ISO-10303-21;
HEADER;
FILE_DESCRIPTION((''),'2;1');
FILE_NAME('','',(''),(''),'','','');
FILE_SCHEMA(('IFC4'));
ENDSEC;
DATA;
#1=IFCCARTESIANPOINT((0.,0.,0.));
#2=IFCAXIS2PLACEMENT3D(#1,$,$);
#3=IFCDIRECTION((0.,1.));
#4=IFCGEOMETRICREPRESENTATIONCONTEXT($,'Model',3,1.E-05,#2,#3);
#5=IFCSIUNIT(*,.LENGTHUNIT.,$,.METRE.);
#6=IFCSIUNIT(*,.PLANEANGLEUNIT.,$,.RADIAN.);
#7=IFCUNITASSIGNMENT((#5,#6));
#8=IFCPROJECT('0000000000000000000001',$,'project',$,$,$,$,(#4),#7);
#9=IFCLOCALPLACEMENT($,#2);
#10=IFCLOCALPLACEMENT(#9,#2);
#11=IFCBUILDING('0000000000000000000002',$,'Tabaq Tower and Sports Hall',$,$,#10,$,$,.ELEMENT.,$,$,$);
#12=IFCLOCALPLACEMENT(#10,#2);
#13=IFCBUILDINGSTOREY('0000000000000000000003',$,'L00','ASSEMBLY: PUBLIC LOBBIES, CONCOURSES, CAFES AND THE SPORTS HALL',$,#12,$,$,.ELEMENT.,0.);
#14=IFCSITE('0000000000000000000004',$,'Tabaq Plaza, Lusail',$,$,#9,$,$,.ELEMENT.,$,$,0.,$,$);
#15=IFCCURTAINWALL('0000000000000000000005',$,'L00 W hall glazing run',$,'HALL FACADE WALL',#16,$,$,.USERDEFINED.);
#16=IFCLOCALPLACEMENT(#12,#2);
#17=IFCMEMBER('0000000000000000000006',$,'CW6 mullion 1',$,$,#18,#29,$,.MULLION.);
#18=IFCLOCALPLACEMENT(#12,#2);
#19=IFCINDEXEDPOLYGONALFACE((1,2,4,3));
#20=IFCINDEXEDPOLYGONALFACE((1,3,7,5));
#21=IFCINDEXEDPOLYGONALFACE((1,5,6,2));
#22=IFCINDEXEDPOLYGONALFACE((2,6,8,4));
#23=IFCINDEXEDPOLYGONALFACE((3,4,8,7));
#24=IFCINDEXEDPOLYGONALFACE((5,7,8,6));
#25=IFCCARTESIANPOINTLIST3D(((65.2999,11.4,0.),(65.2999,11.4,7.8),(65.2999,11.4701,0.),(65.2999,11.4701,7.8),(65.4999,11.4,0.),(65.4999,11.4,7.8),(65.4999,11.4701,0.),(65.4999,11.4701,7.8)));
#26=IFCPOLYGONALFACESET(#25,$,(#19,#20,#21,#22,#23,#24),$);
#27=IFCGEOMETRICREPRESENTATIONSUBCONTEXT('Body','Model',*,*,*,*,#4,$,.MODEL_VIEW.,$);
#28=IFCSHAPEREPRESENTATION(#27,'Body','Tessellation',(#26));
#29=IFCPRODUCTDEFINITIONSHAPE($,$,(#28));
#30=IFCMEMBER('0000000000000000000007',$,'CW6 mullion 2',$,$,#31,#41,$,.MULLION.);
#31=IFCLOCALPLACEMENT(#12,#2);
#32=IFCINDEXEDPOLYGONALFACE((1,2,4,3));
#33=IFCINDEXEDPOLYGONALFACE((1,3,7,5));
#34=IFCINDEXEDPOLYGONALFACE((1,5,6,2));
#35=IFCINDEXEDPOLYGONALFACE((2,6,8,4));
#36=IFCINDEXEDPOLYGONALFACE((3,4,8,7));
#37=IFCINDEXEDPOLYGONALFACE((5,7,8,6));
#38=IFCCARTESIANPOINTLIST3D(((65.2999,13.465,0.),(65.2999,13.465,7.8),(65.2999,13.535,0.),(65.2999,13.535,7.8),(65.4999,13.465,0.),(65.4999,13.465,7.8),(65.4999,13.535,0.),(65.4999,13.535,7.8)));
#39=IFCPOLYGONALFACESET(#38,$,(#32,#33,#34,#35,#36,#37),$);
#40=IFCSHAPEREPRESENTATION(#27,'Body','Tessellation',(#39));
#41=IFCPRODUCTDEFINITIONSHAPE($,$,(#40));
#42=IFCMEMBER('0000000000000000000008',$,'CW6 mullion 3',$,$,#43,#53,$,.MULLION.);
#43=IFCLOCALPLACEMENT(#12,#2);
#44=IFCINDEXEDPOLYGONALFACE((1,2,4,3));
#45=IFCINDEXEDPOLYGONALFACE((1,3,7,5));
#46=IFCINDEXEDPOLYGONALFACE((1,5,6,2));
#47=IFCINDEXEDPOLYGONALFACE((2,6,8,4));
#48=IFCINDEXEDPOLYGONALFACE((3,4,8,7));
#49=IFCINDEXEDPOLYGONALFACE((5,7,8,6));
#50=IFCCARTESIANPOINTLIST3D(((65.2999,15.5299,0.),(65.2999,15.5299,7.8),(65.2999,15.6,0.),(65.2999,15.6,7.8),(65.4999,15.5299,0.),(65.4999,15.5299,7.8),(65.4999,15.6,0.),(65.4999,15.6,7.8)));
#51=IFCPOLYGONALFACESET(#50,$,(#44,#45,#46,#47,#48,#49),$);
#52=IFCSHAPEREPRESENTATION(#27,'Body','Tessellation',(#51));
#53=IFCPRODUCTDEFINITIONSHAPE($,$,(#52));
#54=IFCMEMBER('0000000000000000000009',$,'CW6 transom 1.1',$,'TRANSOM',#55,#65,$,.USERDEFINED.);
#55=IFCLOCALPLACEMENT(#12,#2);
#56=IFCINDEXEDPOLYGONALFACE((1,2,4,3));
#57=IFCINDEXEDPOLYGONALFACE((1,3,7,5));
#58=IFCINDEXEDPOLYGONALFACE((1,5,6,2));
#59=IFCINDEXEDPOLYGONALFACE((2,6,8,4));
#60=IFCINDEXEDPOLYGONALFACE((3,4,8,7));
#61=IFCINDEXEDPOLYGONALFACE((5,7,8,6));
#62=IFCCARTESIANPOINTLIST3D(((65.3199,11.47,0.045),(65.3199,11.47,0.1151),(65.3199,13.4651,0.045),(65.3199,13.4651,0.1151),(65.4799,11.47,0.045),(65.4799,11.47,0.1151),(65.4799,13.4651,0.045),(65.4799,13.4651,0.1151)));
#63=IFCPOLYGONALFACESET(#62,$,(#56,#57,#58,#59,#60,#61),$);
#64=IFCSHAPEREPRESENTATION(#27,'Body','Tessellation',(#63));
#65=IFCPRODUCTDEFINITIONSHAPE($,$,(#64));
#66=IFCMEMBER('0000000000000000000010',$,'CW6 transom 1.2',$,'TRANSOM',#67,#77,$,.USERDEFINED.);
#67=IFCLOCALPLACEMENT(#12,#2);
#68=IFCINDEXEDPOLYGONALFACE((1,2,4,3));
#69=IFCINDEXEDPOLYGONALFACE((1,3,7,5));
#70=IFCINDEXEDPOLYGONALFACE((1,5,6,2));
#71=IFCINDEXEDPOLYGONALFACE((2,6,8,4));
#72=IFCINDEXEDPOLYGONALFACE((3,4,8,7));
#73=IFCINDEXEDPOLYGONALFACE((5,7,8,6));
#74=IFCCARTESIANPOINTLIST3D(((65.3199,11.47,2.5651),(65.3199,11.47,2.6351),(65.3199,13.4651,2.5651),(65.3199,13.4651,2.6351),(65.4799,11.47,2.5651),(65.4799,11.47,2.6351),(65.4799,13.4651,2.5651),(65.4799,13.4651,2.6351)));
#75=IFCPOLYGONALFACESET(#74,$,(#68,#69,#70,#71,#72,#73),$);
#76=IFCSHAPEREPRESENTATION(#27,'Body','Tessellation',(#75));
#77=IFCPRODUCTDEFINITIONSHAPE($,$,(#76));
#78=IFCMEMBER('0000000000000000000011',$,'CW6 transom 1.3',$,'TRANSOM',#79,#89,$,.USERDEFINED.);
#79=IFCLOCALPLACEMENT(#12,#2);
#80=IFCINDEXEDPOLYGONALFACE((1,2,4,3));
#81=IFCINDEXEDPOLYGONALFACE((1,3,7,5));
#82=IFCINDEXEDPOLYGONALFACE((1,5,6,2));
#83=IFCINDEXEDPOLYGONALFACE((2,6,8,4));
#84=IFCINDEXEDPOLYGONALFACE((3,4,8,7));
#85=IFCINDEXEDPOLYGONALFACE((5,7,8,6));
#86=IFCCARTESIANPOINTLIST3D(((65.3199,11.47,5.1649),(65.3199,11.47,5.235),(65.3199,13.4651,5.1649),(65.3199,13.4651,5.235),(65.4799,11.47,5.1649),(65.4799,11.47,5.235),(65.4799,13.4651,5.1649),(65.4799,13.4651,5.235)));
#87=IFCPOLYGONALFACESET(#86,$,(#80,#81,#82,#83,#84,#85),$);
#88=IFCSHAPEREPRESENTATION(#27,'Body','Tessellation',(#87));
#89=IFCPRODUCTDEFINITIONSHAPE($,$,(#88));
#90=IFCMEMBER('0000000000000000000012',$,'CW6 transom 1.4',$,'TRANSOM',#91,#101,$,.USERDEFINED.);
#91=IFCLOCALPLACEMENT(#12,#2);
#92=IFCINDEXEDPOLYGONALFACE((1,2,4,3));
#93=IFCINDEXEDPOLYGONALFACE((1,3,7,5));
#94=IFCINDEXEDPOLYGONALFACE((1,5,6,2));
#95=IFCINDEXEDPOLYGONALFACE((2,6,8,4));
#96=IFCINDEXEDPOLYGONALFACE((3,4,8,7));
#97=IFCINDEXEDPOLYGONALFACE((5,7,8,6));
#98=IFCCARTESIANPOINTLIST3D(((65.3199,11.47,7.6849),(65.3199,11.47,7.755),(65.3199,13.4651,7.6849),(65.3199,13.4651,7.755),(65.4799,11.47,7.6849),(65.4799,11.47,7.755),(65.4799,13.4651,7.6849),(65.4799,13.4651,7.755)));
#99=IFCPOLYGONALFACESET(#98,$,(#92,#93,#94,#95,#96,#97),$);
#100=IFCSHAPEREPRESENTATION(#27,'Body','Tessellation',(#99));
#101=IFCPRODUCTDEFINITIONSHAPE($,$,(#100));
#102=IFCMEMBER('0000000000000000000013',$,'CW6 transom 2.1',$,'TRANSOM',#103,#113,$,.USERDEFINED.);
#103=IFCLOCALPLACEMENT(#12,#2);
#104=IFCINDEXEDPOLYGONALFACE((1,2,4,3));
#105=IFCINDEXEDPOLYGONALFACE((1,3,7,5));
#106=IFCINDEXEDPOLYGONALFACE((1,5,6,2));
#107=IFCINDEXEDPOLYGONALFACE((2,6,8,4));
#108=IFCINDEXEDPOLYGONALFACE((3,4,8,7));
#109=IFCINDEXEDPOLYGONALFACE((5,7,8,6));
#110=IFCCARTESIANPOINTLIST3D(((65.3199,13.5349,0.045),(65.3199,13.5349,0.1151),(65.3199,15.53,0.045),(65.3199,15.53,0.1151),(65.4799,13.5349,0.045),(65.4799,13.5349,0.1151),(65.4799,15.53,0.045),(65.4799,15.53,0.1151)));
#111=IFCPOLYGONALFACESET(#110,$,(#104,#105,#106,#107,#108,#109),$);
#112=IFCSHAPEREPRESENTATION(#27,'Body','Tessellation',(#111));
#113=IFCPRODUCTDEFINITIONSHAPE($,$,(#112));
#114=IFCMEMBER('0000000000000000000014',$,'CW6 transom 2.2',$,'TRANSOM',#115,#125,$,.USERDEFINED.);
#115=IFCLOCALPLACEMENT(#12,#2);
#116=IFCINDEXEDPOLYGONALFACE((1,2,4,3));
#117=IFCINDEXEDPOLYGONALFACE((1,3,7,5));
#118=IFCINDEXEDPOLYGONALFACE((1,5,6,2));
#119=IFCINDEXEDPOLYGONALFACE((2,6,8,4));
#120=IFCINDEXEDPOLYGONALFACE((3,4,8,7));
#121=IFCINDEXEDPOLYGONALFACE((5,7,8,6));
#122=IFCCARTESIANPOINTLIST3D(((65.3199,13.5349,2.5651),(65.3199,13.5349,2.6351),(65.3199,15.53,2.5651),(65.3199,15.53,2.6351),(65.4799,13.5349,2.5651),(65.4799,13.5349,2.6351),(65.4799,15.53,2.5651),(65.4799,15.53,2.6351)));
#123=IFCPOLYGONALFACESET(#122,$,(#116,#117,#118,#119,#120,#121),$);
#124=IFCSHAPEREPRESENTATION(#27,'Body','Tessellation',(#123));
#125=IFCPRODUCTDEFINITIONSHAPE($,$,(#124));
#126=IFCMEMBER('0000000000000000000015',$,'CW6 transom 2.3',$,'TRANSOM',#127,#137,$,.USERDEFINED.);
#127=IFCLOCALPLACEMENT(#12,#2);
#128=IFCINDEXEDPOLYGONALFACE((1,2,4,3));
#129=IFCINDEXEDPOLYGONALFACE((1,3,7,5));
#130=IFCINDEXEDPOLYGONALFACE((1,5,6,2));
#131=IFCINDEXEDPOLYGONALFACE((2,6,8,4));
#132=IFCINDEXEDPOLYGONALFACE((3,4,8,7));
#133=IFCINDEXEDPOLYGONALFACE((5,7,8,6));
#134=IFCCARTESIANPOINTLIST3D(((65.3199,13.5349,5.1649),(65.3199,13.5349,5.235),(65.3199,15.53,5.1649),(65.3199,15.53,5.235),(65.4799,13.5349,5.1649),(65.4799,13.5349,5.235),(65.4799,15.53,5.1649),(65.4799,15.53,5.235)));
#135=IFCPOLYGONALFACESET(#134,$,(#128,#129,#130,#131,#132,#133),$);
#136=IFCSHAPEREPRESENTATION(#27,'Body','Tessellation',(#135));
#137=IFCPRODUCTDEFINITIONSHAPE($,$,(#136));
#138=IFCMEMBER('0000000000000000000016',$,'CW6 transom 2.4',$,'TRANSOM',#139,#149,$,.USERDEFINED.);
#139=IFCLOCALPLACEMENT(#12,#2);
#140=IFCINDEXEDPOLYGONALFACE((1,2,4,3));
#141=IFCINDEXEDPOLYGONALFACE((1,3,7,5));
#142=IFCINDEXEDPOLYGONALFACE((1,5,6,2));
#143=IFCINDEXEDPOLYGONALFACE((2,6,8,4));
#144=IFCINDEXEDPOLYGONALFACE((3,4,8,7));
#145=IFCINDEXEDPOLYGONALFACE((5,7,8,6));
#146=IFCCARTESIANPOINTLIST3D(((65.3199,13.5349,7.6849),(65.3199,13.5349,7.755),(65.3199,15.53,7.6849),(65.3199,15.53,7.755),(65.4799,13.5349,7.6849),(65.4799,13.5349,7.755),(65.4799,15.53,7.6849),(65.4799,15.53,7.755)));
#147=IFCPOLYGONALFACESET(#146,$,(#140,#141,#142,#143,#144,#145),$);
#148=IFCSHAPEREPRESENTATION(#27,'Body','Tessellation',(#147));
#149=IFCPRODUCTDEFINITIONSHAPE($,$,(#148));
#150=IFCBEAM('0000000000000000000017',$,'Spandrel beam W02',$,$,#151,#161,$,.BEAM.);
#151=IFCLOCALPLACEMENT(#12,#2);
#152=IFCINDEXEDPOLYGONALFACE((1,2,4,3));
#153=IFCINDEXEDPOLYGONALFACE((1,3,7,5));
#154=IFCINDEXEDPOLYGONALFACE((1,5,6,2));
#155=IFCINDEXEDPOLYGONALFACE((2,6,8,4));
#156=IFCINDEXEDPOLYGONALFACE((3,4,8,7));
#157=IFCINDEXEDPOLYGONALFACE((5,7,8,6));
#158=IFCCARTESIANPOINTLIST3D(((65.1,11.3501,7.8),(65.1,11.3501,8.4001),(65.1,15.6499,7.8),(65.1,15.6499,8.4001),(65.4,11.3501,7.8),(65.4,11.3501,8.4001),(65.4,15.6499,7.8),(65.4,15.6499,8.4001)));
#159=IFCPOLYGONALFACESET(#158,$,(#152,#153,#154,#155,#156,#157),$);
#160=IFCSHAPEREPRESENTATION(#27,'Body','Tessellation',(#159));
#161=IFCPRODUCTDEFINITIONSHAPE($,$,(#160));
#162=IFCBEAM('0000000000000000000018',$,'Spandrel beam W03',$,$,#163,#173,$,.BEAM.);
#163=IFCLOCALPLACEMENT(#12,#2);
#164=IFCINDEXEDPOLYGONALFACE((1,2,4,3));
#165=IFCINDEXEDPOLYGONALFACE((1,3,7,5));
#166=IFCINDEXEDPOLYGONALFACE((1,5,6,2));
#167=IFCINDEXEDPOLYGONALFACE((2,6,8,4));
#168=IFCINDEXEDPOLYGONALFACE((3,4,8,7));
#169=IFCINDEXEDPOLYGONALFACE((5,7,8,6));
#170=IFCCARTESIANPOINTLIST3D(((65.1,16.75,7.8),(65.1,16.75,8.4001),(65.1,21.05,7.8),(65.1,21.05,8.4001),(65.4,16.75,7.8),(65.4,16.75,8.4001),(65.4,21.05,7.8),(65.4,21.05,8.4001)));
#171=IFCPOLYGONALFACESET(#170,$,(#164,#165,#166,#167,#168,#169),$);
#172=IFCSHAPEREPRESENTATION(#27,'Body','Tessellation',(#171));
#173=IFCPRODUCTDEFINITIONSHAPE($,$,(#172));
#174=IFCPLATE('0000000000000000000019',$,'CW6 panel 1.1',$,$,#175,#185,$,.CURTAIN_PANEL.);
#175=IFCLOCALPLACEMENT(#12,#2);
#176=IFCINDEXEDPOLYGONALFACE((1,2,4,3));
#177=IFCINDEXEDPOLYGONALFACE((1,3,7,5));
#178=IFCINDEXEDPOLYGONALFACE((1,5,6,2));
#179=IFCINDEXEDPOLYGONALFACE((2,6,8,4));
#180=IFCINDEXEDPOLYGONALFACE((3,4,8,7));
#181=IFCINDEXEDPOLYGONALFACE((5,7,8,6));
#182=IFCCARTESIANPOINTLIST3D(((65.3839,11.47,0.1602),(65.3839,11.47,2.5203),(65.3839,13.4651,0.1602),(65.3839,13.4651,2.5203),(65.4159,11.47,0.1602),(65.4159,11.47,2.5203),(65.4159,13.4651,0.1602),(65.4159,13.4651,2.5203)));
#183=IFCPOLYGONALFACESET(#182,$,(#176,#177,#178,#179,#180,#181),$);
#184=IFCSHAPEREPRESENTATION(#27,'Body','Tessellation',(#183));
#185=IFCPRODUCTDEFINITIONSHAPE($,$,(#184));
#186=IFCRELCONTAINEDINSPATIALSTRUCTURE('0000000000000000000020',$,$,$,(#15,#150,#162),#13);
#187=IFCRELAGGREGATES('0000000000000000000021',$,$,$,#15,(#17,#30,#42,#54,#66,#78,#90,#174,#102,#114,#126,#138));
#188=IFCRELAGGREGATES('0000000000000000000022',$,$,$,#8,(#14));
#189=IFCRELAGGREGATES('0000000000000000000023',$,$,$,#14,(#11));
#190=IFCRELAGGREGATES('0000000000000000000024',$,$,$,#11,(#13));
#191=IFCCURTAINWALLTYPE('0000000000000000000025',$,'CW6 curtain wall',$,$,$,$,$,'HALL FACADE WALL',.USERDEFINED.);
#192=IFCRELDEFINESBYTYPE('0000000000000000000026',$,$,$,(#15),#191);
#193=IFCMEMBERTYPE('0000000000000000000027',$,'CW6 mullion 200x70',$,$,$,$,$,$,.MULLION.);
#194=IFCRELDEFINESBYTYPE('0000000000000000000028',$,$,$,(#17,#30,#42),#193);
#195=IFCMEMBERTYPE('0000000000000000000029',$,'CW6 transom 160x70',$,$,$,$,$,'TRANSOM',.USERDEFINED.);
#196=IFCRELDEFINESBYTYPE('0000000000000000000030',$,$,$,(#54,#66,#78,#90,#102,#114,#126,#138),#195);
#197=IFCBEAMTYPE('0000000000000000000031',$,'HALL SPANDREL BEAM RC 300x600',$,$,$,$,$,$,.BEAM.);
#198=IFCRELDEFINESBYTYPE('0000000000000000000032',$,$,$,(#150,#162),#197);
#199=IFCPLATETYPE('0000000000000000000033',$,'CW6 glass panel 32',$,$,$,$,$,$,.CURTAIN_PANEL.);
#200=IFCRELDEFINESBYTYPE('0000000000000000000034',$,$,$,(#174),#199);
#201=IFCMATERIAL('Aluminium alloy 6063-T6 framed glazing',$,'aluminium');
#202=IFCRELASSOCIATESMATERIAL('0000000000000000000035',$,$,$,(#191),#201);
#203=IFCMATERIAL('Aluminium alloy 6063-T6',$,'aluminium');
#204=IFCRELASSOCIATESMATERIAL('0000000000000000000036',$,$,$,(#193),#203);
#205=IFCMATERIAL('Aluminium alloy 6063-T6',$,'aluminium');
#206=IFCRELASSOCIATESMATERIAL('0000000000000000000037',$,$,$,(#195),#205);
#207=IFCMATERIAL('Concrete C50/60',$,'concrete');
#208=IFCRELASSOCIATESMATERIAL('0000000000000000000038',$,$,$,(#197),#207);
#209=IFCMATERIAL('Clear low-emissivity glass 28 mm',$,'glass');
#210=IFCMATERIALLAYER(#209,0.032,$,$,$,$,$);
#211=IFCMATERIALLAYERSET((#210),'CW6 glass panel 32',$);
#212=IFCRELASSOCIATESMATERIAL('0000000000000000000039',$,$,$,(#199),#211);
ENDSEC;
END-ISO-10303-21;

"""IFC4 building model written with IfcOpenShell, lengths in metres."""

from ifc_helpers import new_model, si_unit, direction, frame, origin, origin_2d, place, context, subcontext, project, spatial, rectangle, extrude, material, layer, layer_set, material_profile, profile_set, type_object, element, aggregate, save


model = new_model("IFC4")

# Units and contexts
model_context = context("Model", 3, precision=1e-05, world=origin(), true_north=direction((0.0, 1.0)))
body_context = subcontext(model_context, "Body", "Model", "MODEL_VIEW")
ifc_project = project(units=[si_unit("LENGTHUNIT", "METRE"), si_unit("PLANEANGLEUNIT", "RADIAN")], contexts=[model_context])

# Site, building, storey
site_placement = place(None, origin())
site = spatial("IfcSite", under=ifc_project, at=site_placement, Name="Tabaq Plaza, Lusail", CompositionType="ELEMENT", RefElevation=0.0)
building_placement = place(site_placement, origin())
building = spatial("IfcBuilding", under=site, at=building_placement, Name="Tabaq Tower and Sports Hall", CompositionType="ELEMENT")
storey_placement = place(building_placement, origin())
storey = spatial("IfcBuildingStorey", under=building, at=storey_placement, Name="L00", Description="ASSEMBLY: PUBLIC LOBBIES, CONCOURSES, CAFES AND THE SPORTS HALL", CompositionType="ELEMENT", Elevation=0.0)

# Curtain wall, members
ifc_material_1 = material(Name="Aluminium alloy 6063-T6 framed glazing", Category="aluminium")
curtain_wall_type = type_object("IfcCurtainWallType", Name="CW6 curtain wall", ElementType="HALL FACADE WALL", PredefinedType="USERDEFINED", material=ifc_material_1)
curtain_wall_placement = place(storey_placement, origin())
curtain_wall = element("IfcCurtainWall", 1, at=curtain_wall_placement, inside=storey, type_object=curtain_wall_type, Name="L00 W hall glazing run", ObjectType="HALL FACADE WALL", PredefinedType="USERDEFINED")
ifc_material_2 = material(Name="Aluminium alloy 6063-T6", Category="aluminium")
ifc_material_profile_1 = material_profile(ifc_material_2, rectangle(XDim=0.2, YDim=0.0701, at=origin_2d()), Name="MULLION 200x70")
ifc_profile_set_1 = profile_set([ifc_material_profile_1], Name="Aluminium alloy 6063-T6")
member_type_1 = type_object("IfcMemberType", Name="CW6 mullion 200x70", PredefinedType="MULLION", material=ifc_profile_set_1)
member_1_placement = place(storey_placement, frame((65.3999, 11.4351, 0.0), z_axis=(0.0, 0.0, 1.0), x_axis=(-1.0, 0.0, 0.0)))
member_1 = element("IfcMember", 2, at=member_1_placement, type_object=member_type_1, Name="CW6 mullion 1", PredefinedType="MULLION", context=body_context, shape_type="SweptSolid", body=[
    extrude(rectangle(XDim=0.2, YDim=0.0701, at=origin_2d()), origin(), (0.0, 0.0, 1.0), 7.8),
])
member_2_placement = place(storey_placement, frame((65.3999, 13.5, 0.0), z_axis=(0.0, 0.0, 1.0), x_axis=(-1.0, 0.0, 0.0)))
member_2 = element("IfcMember", 3, at=member_2_placement, type_object=member_type_1, Name="CW6 mullion 2", PredefinedType="MULLION", context=body_context, shape_type="SweptSolid", body=[
    extrude(rectangle(XDim=0.2, YDim=0.0701, at=origin_2d()), origin(), (0.0, 0.0, 1.0), 7.8),
])
member_3_placement = place(storey_placement, frame((65.3999, 15.5649, 0.0), z_axis=(0.0, 0.0, 1.0), x_axis=(-1.0, 0.0, 0.0)))
member_3 = element("IfcMember", 4, at=member_3_placement, type_object=member_type_1, Name="CW6 mullion 3", PredefinedType="MULLION", context=body_context, shape_type="SweptSolid", body=[
    extrude(rectangle(XDim=0.2, YDim=0.0701, at=origin_2d()), origin(), (0.0, 0.0, 1.0), 7.8),
])
ifc_material_3 = material(Name="Aluminium alloy 6063-T6", Category="aluminium")
ifc_material_profile_2 = material_profile(ifc_material_3, rectangle(XDim=0.1599, YDim=0.0701, at=origin_2d()), Name="TRANSOM 160x70")
ifc_profile_set_2 = profile_set([ifc_material_profile_2], Name="Aluminium alloy 6063-T6")
member_type_2 = type_object("IfcMemberType", Name="CW6 transom 160x70", ElementType="TRANSOM", PredefinedType="USERDEFINED", material=ifc_profile_set_2)
member_4_placement = place(storey_placement, frame((65.3999, 11.47, 0.0801), z_axis=(0.0, 1.0, 0.0), x_axis=(-1.0, 0.0, 0.0)))
member_4 = element("IfcMember", 5, at=member_4_placement, type_object=member_type_2, Name="CW6 transom 1.1", ObjectType="TRANSOM", PredefinedType="USERDEFINED", context=body_context, shape_type="SweptSolid", body=[
    extrude(rectangle(XDim=0.1599, YDim=0.0701, at=origin_2d()), origin(), (0.0, 0.0, 1.0), 1.9951),
])
member_5_placement = place(storey_placement, frame((65.3999, 11.47, 2.6001), z_axis=(0.0, 1.0, 0.0), x_axis=(-1.0, 0.0, 0.0)))
member_5 = element("IfcMember", 6, at=member_5_placement, type_object=member_type_2, Name="CW6 transom 1.2", ObjectType="TRANSOM", PredefinedType="USERDEFINED", context=body_context, shape_type="SweptSolid", body=[
    extrude(rectangle(XDim=0.1599, YDim=0.0701, at=origin_2d()), origin(), (0.0, 0.0, 1.0), 1.9951),
])
member_6_placement = place(storey_placement, frame((65.3999, 11.47, 5.2), z_axis=(0.0, 1.0, 0.0), x_axis=(-1.0, 0.0, 0.0)))
member_6 = element("IfcMember", 7, at=member_6_placement, type_object=member_type_2, Name="CW6 transom 1.3", ObjectType="TRANSOM", PredefinedType="USERDEFINED", context=body_context, shape_type="SweptSolid", body=[
    extrude(rectangle(XDim=0.1599, YDim=0.0701, at=origin_2d()), origin(), (0.0, 0.0, 1.0), 1.9951),
])
member_7_placement = place(storey_placement, frame((65.3999, 11.47, 7.72), z_axis=(0.0, 1.0, 0.0), x_axis=(-1.0, 0.0, 0.0)))
member_7 = element("IfcMember", 8, at=member_7_placement, type_object=member_type_2, Name="CW6 transom 1.4", ObjectType="TRANSOM", PredefinedType="USERDEFINED", context=body_context, shape_type="SweptSolid", body=[
    extrude(rectangle(XDim=0.1599, YDim=0.0701, at=origin_2d()), origin(), (0.0, 0.0, 1.0), 1.9951),
])
member_8_placement = place(storey_placement, frame((65.3999, 13.5349, 0.0801), z_axis=(0.0, 1.0, 0.0), x_axis=(-1.0, 0.0, 0.0)))
member_8 = element("IfcMember", 9, at=member_8_placement, type_object=member_type_2, Name="CW6 transom 2.1", ObjectType="TRANSOM", PredefinedType="USERDEFINED", context=body_context, shape_type="SweptSolid", body=[
    extrude(rectangle(XDim=0.1599, YDim=0.0701, at=origin_2d()), origin(), (0.0, 0.0, 1.0), 1.9951),
])
member_9_placement = place(storey_placement, frame((65.3999, 13.5349, 2.6001), z_axis=(0.0, 1.0, 0.0), x_axis=(-1.0, 0.0, 0.0)))
member_9 = element("IfcMember", 10, at=member_9_placement, type_object=member_type_2, Name="CW6 transom 2.2", ObjectType="TRANSOM", PredefinedType="USERDEFINED", context=body_context, shape_type="SweptSolid", body=[
    extrude(rectangle(XDim=0.1599, YDim=0.0701, at=origin_2d()), origin(), (0.0, 0.0, 1.0), 1.9951),
])
member_10_placement = place(storey_placement, frame((65.3999, 13.5349, 5.2), z_axis=(0.0, 1.0, 0.0), x_axis=(-1.0, 0.0, 0.0)))
member_10 = element("IfcMember", 11, at=member_10_placement, type_object=member_type_2, Name="CW6 transom 2.3", ObjectType="TRANSOM", PredefinedType="USERDEFINED", context=body_context, shape_type="SweptSolid", body=[
    extrude(rectangle(XDim=0.1599, YDim=0.0701, at=origin_2d()), origin(), (0.0, 0.0, 1.0), 1.9951),
])
member_11_placement = place(storey_placement, frame((65.3999, 13.5349, 7.72), z_axis=(0.0, 1.0, 0.0), x_axis=(-1.0, 0.0, 0.0)))
member_11 = element("IfcMember", 12, at=member_11_placement, type_object=member_type_2, Name="CW6 transom 2.4", ObjectType="TRANSOM", PredefinedType="USERDEFINED", context=body_context, shape_type="SweptSolid", body=[
    extrude(rectangle(XDim=0.1599, YDim=0.0701, at=origin_2d()), origin(), (0.0, 0.0, 1.0), 1.9951),
])

# Beams
ifc_material_4 = material(Name="Concrete C50/60", Category="concrete")
ifc_material_profile_3 = material_profile(ifc_material_4, rectangle(XDim=0.3, YDim=0.6001, at=origin_2d()), Name="RC 300x600")
ifc_profile_set_3 = profile_set([ifc_material_profile_3], Name="Concrete C50/60")
beam_type = type_object("IfcBeamType", Name="HALL SPANDREL BEAM RC 300x600", PredefinedType="BEAM", material=ifc_profile_set_3)
beam_1_placement = place(storey_placement, frame((65.25, 11.3501, 8.1001), z_axis=(0.0, 1.0, 0.0), x_axis=(-1.0, 0.0, 0.0)))
element("IfcBeam", 13, at=beam_1_placement, inside=storey, type_object=beam_type, Name="Spandrel beam W02", PredefinedType="BEAM", context=body_context, shape_type="SweptSolid", body=[
    extrude(rectangle(XDim=0.3, YDim=0.6001, at=origin_2d()), origin(), (0.0, 0.0, 1.0), 4.2998),
])
beam_2_placement = place(storey_placement, frame((65.25, 16.75, 8.1001), z_axis=(0.0, 1.0, 0.0), x_axis=(-1.0, 0.0, 0.0)))
element("IfcBeam", 14, at=beam_2_placement, inside=storey, type_object=beam_type, Name="Spandrel beam W03", PredefinedType="BEAM", context=body_context, shape_type="SweptSolid", body=[
    extrude(rectangle(XDim=0.3, YDim=0.6001, at=origin_2d()), origin(), (0.0, 0.0, 1.0), 4.3),
])

# Plate
ifc_material_5 = material(Name="Clear low-emissivity glass 28 mm", Category="glass")
ifc_layer_1 = layer(ifc_material_5, 0.032)
ifc_layer_set_1 = layer_set([ifc_layer_1], Name="CW6 glass panel 32")
plate_type = type_object("IfcPlateType", Name="CW6 glass panel 32", PredefinedType="CURTAIN_PANEL", material=ifc_layer_set_1)
plate_1_placement = place(storey_placement, frame((65.3999, 12.4675, 0.1602), z_axis=(0.0, 0.0, 1.0), x_axis=(0.0, 1.0, 0.0)))
plate_1 = element("IfcPlate", 15, at=plate_1_placement, type_object=plate_type, Name="CW6 panel 1.1", PredefinedType="CURTAIN_PANEL", context=body_context, shape_type="SweptSolid", body=[
    extrude(rectangle(XDim=1.9951, YDim=0.032, at=origin_2d()), origin(), (0.0, 0.0, 1.0), 2.3601),
])
aggregate(curtain_wall, [member_1, member_2, member_3, member_4, member_5, member_6, member_7, plate_1, member_8, member_9, member_10, member_11])

save(model, "model.ifc")
